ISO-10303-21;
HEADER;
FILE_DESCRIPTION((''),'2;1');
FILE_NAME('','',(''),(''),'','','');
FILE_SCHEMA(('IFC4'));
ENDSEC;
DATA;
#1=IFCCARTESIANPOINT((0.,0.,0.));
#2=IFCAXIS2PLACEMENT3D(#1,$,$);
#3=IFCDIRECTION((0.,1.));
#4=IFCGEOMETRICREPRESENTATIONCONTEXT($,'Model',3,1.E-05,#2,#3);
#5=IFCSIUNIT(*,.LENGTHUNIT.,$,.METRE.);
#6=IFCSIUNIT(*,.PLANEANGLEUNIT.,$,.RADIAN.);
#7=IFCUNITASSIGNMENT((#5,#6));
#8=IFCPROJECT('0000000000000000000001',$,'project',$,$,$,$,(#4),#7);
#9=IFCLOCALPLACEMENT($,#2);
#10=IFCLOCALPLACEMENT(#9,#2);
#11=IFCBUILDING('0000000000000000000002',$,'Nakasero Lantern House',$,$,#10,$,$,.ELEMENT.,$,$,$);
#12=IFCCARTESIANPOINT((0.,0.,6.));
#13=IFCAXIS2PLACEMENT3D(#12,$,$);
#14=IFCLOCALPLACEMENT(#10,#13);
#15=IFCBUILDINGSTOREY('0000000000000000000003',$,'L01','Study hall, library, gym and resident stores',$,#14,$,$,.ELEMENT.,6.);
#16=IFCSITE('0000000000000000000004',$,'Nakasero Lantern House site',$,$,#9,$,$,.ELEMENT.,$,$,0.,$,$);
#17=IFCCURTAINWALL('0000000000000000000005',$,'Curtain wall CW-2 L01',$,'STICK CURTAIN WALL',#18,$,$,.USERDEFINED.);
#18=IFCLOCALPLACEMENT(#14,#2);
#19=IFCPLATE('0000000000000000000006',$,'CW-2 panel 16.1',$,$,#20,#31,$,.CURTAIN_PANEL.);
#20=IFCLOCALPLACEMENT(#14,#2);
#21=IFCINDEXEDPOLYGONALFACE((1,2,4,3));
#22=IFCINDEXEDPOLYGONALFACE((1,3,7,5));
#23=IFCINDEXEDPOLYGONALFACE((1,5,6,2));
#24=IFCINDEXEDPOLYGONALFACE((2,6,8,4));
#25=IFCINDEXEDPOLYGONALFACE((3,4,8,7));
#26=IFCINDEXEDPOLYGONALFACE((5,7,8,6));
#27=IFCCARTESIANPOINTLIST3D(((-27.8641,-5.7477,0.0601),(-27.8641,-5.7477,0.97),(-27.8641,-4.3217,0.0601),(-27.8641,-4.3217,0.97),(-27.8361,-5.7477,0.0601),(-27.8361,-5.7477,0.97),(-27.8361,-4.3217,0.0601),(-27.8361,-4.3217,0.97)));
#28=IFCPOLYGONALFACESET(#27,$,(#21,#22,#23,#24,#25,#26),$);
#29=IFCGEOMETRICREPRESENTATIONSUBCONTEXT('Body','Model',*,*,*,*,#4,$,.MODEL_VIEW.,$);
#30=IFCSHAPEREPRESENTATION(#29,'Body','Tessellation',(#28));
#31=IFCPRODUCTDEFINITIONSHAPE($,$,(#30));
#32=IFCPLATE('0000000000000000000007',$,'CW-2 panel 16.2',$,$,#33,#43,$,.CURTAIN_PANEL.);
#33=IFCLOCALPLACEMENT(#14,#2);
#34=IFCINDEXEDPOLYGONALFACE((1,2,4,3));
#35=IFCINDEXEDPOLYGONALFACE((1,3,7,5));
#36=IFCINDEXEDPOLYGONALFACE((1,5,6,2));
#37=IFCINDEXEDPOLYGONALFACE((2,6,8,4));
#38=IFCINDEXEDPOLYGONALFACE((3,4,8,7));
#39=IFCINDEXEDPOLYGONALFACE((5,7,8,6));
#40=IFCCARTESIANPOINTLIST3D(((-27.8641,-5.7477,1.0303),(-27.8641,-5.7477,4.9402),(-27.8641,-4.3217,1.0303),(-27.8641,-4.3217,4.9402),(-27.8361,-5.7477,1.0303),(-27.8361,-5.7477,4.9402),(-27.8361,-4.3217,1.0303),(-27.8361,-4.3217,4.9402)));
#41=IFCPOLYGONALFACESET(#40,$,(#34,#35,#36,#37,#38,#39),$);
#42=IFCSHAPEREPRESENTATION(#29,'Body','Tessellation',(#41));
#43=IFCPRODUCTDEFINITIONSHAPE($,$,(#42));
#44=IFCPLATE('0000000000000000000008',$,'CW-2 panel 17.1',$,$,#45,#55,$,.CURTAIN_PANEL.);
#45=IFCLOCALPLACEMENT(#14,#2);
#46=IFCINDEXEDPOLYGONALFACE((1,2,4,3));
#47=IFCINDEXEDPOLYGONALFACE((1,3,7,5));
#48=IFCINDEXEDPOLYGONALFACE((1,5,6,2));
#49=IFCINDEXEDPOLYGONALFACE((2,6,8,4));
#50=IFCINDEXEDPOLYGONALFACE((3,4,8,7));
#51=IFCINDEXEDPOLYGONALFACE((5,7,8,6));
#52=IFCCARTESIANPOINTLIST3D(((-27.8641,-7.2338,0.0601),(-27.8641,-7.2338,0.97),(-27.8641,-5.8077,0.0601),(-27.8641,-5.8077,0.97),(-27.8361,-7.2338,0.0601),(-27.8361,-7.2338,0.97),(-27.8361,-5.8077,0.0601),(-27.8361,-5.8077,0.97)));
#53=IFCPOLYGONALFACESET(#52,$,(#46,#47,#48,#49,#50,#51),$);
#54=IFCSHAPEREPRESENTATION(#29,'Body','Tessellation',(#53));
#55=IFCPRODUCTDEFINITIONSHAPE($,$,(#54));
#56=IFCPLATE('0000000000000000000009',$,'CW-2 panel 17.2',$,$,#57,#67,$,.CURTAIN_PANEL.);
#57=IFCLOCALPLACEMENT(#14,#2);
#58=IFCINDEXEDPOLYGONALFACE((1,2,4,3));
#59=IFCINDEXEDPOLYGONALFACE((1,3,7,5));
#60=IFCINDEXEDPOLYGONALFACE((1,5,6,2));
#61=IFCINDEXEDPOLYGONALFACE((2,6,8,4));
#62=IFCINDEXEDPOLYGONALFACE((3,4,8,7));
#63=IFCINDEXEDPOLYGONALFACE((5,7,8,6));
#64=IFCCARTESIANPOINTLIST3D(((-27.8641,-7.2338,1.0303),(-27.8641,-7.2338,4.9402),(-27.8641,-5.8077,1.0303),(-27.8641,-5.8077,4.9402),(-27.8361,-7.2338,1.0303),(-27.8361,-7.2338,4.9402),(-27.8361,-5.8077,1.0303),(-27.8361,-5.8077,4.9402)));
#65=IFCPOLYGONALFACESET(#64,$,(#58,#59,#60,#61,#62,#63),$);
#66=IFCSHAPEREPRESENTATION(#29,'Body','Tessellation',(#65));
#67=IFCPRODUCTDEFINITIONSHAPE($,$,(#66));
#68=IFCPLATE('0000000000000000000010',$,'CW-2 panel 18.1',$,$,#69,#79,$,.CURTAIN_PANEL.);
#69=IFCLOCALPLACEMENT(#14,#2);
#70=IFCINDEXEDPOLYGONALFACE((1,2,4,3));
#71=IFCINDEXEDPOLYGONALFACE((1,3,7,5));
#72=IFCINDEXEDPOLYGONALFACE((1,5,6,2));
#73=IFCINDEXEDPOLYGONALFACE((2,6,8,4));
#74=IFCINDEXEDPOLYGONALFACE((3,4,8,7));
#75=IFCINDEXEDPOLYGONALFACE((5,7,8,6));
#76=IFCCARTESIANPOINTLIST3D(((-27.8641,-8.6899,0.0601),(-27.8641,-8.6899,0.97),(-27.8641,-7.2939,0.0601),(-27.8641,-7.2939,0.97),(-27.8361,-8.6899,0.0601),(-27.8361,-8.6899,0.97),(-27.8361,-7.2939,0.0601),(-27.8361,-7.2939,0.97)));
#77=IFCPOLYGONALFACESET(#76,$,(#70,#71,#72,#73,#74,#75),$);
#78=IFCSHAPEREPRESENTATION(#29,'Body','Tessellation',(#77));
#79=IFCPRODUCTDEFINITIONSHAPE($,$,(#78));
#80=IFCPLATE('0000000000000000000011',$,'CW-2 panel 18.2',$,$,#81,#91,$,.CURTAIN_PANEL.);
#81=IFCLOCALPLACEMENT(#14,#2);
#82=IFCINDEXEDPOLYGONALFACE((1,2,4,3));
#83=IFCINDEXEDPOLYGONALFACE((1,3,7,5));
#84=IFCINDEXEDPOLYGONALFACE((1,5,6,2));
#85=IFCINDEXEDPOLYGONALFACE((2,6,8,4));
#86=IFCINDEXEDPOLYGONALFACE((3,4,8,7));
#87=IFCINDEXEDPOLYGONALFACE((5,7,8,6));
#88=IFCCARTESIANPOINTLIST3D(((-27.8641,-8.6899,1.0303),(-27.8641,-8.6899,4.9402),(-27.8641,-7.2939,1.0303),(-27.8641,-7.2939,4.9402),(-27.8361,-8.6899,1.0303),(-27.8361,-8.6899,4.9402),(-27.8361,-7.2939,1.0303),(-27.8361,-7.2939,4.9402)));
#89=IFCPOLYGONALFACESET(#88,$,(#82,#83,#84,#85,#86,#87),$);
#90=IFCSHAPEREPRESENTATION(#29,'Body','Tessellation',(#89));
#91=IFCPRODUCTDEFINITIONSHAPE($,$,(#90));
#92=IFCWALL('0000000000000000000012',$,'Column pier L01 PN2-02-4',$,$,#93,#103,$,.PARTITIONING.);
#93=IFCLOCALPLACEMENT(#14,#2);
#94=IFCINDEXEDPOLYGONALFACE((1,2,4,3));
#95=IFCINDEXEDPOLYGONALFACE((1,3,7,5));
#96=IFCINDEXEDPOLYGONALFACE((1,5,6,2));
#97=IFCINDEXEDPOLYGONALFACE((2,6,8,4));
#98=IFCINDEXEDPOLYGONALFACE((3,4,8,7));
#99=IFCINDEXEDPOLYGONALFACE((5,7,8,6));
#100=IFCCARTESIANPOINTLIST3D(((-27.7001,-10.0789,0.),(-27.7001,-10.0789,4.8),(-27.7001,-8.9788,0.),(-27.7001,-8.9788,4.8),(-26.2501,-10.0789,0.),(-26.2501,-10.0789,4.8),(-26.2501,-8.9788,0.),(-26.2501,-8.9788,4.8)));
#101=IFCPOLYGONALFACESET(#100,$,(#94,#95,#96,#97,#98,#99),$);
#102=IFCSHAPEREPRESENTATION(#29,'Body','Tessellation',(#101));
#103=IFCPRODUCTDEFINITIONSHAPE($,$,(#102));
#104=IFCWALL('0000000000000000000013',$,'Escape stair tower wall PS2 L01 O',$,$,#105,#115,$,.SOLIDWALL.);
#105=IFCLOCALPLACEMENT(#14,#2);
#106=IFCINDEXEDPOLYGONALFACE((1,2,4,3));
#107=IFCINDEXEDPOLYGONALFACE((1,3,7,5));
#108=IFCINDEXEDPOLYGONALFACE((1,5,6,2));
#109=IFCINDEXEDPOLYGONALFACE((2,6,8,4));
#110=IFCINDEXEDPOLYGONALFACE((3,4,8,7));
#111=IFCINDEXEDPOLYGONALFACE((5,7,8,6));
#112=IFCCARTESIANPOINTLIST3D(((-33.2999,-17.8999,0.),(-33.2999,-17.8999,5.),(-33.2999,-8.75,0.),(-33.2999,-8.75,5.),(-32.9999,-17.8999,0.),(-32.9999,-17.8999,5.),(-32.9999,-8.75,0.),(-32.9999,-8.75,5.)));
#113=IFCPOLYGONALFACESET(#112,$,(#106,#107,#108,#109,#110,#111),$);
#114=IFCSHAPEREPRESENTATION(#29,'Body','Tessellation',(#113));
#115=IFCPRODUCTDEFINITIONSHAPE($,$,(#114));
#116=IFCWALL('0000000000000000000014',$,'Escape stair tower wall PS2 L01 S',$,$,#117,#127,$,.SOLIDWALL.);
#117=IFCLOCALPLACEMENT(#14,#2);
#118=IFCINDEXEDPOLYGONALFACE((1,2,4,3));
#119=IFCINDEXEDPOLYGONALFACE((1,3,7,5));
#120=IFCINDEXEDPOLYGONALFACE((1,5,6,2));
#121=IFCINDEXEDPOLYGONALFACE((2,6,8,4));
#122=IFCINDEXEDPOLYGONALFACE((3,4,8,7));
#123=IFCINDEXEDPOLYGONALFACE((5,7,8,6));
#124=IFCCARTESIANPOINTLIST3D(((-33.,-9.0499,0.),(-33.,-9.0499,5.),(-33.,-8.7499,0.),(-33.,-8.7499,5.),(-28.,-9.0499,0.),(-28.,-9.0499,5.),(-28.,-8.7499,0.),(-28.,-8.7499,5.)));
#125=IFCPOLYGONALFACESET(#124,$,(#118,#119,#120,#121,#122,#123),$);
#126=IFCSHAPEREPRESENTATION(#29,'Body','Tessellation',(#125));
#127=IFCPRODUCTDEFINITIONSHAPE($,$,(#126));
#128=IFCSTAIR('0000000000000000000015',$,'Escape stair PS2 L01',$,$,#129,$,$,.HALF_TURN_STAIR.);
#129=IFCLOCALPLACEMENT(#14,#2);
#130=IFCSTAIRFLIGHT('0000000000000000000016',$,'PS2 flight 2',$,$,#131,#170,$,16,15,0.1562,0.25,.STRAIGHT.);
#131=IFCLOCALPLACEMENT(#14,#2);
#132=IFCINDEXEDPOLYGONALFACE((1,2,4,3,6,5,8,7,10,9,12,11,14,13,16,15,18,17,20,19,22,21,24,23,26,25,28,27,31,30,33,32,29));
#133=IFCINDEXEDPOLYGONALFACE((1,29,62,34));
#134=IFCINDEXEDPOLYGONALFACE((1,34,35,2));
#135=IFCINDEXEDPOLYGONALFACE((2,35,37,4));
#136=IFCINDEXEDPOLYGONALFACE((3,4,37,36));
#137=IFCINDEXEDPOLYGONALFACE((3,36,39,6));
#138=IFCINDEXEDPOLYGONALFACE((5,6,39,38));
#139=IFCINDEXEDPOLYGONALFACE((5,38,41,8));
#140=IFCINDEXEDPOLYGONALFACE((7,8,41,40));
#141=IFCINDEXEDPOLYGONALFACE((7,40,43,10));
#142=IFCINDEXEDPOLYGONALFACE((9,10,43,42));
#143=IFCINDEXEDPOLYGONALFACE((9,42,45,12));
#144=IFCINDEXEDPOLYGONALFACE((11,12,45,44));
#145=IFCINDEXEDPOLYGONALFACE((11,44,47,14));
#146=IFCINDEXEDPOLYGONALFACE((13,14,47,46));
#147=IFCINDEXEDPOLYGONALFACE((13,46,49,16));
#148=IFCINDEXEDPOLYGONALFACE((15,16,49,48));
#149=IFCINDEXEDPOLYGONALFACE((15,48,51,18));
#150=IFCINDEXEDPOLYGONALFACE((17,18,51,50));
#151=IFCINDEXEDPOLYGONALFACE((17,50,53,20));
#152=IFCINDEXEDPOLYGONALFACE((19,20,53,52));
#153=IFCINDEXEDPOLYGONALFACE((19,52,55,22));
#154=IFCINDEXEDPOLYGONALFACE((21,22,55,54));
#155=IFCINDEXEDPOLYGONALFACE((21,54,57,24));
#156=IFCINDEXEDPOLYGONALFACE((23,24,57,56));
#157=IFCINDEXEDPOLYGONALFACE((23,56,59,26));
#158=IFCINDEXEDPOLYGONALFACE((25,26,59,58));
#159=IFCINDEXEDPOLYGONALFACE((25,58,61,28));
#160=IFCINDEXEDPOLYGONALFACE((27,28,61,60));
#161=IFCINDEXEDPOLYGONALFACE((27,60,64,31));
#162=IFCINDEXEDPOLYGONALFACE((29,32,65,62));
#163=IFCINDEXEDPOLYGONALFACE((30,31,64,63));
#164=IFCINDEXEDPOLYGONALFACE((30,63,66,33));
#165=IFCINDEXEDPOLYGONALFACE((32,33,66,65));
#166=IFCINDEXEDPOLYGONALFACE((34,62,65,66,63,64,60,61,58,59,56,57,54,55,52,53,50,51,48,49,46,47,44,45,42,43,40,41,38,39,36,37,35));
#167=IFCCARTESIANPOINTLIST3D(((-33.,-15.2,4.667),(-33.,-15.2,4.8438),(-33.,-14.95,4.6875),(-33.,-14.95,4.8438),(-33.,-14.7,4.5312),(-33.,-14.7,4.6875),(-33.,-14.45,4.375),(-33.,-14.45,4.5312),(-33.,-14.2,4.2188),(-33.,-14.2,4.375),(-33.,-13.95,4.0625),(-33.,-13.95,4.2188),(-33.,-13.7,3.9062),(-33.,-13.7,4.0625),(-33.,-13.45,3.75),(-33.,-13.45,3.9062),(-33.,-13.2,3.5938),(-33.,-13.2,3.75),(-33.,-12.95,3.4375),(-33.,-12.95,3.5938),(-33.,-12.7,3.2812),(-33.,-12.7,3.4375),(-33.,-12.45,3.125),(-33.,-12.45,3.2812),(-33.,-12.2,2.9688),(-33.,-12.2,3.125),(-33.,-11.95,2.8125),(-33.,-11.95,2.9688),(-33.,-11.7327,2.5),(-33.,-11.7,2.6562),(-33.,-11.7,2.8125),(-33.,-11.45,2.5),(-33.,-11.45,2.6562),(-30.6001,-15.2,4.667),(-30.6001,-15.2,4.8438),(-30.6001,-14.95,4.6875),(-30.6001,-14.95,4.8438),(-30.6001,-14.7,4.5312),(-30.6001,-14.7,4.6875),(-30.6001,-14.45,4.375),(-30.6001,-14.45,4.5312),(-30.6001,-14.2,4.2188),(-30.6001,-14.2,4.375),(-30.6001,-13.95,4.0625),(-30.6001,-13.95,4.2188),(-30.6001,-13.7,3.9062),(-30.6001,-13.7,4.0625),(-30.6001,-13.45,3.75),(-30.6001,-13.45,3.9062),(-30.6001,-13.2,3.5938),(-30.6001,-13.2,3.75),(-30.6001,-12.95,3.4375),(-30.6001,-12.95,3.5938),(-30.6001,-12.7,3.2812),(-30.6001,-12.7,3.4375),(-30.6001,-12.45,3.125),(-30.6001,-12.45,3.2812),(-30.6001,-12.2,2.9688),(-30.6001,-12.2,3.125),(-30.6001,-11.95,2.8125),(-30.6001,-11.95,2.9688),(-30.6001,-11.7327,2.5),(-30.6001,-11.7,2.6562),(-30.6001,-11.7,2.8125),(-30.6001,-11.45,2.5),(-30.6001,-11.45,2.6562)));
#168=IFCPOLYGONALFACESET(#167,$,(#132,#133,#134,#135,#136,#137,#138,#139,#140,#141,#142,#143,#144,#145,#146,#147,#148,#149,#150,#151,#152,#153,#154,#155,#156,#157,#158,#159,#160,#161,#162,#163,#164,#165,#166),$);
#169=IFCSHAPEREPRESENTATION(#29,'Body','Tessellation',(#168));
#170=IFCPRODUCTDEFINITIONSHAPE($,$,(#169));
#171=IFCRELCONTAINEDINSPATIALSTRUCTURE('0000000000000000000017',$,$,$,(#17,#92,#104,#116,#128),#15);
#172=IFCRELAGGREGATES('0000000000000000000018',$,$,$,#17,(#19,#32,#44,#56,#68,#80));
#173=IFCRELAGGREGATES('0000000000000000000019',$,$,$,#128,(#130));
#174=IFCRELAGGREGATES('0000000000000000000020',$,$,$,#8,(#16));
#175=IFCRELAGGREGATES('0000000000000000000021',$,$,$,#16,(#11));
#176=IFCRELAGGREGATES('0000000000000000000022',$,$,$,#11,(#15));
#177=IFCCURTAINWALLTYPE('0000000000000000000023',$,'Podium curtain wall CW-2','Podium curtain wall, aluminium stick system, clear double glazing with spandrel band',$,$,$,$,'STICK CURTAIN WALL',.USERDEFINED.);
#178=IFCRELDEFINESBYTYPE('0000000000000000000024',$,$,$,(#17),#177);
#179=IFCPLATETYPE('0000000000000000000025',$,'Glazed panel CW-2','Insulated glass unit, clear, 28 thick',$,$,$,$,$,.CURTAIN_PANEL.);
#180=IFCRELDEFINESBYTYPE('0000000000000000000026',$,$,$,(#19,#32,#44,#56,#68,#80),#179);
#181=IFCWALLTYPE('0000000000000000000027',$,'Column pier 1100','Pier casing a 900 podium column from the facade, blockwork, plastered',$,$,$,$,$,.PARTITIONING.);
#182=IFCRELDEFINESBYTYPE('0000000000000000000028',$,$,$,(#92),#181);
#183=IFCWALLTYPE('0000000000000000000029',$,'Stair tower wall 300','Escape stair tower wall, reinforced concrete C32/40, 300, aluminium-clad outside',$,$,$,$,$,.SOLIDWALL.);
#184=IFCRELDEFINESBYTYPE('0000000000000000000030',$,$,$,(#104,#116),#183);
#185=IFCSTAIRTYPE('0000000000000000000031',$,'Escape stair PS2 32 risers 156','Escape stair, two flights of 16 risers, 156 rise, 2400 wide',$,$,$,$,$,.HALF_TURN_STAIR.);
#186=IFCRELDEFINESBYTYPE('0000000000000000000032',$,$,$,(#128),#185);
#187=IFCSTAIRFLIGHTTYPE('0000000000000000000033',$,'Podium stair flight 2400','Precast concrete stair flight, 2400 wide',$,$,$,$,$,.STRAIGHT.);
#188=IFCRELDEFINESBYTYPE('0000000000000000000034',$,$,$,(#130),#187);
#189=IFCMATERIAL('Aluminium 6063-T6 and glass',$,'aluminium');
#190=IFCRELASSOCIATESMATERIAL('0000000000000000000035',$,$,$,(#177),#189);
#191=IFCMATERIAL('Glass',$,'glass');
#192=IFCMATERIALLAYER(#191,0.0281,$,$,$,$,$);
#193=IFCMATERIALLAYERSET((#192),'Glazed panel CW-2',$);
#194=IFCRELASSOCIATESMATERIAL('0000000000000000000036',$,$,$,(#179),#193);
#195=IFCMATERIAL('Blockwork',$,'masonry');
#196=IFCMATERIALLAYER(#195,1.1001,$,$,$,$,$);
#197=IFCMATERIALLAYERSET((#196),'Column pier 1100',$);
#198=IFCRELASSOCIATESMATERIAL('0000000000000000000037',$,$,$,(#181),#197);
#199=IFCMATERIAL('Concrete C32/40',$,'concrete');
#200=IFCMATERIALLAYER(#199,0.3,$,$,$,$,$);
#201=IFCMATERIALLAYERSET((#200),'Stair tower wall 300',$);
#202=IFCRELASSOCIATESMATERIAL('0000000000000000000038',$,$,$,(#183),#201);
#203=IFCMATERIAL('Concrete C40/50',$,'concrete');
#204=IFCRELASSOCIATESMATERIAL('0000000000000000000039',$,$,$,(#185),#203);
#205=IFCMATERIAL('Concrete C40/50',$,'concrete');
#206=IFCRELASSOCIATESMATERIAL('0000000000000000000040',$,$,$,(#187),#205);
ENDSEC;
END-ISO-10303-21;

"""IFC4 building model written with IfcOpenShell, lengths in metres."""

from ifc_helpers import new_model, si_unit, direction, frame, frame_2d, origin, origin_2d, place, context, subcontext, project, spatial, polyline, rectangle, outline, extrude, material, layer, layer_set, type_object, element, aggregate, save


model = new_model("IFC4")

# Units and contexts
model_context = context("Model", 3, precision=1e-05, world=origin(), true_north=direction((0.0, 1.0)))
body_context = subcontext(model_context, "Body", "Model", "MODEL_VIEW")
ifc_project = project(units=[si_unit("LENGTHUNIT", "METRE"), si_unit("PLANEANGLEUNIT", "RADIAN")], contexts=[model_context])

# Site, building, storey
site_placement = place(None, origin())
site = spatial("IfcSite", under=ifc_project, at=site_placement, Name="Nakasero Lantern House site", CompositionType="ELEMENT", RefElevation=0.0)
building_placement = place(site_placement, origin())
building = spatial("IfcBuilding", under=site, at=building_placement, Name="Nakasero Lantern House", CompositionType="ELEMENT")
storey_placement = place(building_placement, frame((0.0, 0.0, 6.0)))
storey = spatial("IfcBuildingStorey", under=building, at=storey_placement, Name="L01", Description="Study hall, library, gym and resident stores", CompositionType="ELEMENT", Elevation=6.0)

# Curtain wall
ifc_material_1 = material(Name="Aluminium 6063-T6 and glass", Category="aluminium")
curtain_wall_type = type_object("IfcCurtainWallType", Name="Podium curtain wall CW-2", Description="Podium curtain wall, aluminium stick system, clear double glazing with spandrel band", ElementType="STICK CURTAIN WALL", PredefinedType="USERDEFINED", material=ifc_material_1)
curtain_wall_placement = place(storey_placement, origin())
curtain_wall = element("IfcCurtainWall", 1, at=curtain_wall_placement, inside=storey, type_object=curtain_wall_type, Name="Curtain wall CW-2 L01", ObjectType="STICK CURTAIN WALL", PredefinedType="USERDEFINED")

# Plates
ifc_material_2 = material(Name="Glass", Category="glass")
ifc_layer_1 = layer(ifc_material_2, 0.0281)
ifc_layer_set_1 = layer_set([ifc_layer_1], Name="Glazed panel CW-2")
plate_type = type_object("IfcPlateType", Name="Glazed panel CW-2", Description="Insulated glass unit, clear, 28 thick", PredefinedType="CURTAIN_PANEL", material=ifc_layer_set_1)
plate_1_placement = place(storey_placement, frame((-27.8501, -5.0347, 0.0601), z_axis=(0.0, 0.0, 1.0), x_axis=(0.0, -1.0, 0.0)))
plate_1 = element("IfcPlate", 2, at=plate_1_placement, type_object=plate_type, Name="CW-2 panel 16.1", PredefinedType="CURTAIN_PANEL", context=body_context, shape_type="SweptSolid", body=[
    extrude(rectangle(XDim=1.426, YDim=0.0281, at=origin_2d()), origin(), (0.0, 0.0, 1.0), 0.9099),
])
plate_2_placement = place(storey_placement, frame((-27.8501, -5.0347, 1.0303), z_axis=(0.0, 0.0, 1.0), x_axis=(0.0, -1.0, 0.0)))
plate_2 = element("IfcPlate", 3, at=plate_2_placement, type_object=plate_type, Name="CW-2 panel 16.2", PredefinedType="CURTAIN_PANEL", context=body_context, shape_type="SweptSolid", body=[
    extrude(rectangle(XDim=1.426, YDim=0.0281, at=origin_2d()), origin(), (0.0, 0.0, 1.0), 3.9099),
])
plate_3_placement = place(storey_placement, frame((-27.8501, -6.5208, 0.0601), z_axis=(0.0, 0.0, 1.0), x_axis=(0.0, -1.0, 0.0)))
plate_3 = element("IfcPlate", 4, at=plate_3_placement, type_object=plate_type, Name="CW-2 panel 17.1", PredefinedType="CURTAIN_PANEL", context=body_context, shape_type="SweptSolid", body=[
    extrude(rectangle(XDim=1.426, YDim=0.0281, at=origin_2d()), origin(), (0.0, 0.0, 1.0), 0.9099),
])
plate_4_placement = place(storey_placement, frame((-27.8501, -6.5208, 1.0303), z_axis=(0.0, 0.0, 1.0), x_axis=(0.0, -1.0, 0.0)))
plate_4 = element("IfcPlate", 5, at=plate_4_placement, type_object=plate_type, Name="CW-2 panel 17.2", PredefinedType="CURTAIN_PANEL", context=body_context, shape_type="SweptSolid", body=[
    extrude(rectangle(XDim=1.426, YDim=0.0281, at=origin_2d()), origin(), (0.0, 0.0, 1.0), 3.9099),
])
plate_5_placement = place(storey_placement, frame((-27.8501, -7.9919, 0.0601), z_axis=(0.0, 0.0, 1.0), x_axis=(0.0, -1.0, 0.0)))
plate_5 = element("IfcPlate", 6, at=plate_5_placement, type_object=plate_type, Name="CW-2 panel 18.1", PredefinedType="CURTAIN_PANEL", context=body_context, shape_type="SweptSolid", body=[
    extrude(rectangle(XDim=1.396, YDim=0.0281, at=origin_2d()), origin(), (0.0, 0.0, 1.0), 0.9099),
])
plate_6_placement = place(storey_placement, frame((-27.8501, -7.9919, 1.0303), z_axis=(0.0, 0.0, 1.0), x_axis=(0.0, -1.0, 0.0)))
plate_6 = element("IfcPlate", 7, at=plate_6_placement, type_object=plate_type, Name="CW-2 panel 18.2", PredefinedType="CURTAIN_PANEL", context=body_context, shape_type="SweptSolid", body=[
    extrude(rectangle(XDim=1.396, YDim=0.0281, at=origin_2d()), origin(), (0.0, 0.0, 1.0), 3.9099),
])
aggregate(curtain_wall, [plate_1, plate_2, plate_3, plate_4, plate_5, plate_6])

# Wall
ifc_material_3 = material(Name="Blockwork", Category="masonry")
ifc_layer_2 = layer(ifc_material_3, 1.1001)
ifc_layer_set_2 = layer_set([ifc_layer_2], Name="Column pier 1100")
wall_type_1 = type_object("IfcWallType", Name="Column pier 1100", Description="Pier casing a 900 podium column from the facade, blockwork, plastered", PredefinedType="PARTITIONING", material=ifc_layer_set_2)
wall_1_placement = place(storey_placement, frame((-26.25, -9.5288, 0.0), z_axis=(0.0, 0.0, 1.0), x_axis=(-1.0, 0.0, 0.0)))
element("IfcWall", 8, at=wall_1_placement, inside=storey, type_object=wall_type_1, Name="Column pier L01 PN2-02-4", PredefinedType="PARTITIONING", context=body_context, shape_type="SweptSolid", body=[
    extrude(rectangle(XDim=1.45, YDim=1.1001, at=frame_2d((0.7251, 0.0))), origin(), (0.0, 0.0, 1.0), 4.8),
])

# Walls
ifc_material_4 = material(Name="Concrete C32/40", Category="concrete")
ifc_layer_3 = layer(ifc_material_4, 0.3)
ifc_layer_set_3 = layer_set([ifc_layer_3], Name="Stair tower wall 300")
wall_type_2 = type_object("IfcWallType", Name="Stair tower wall 300", Description="Escape stair tower wall, reinforced concrete C32/40, 300, aluminium-clad outside", PredefinedType="SOLIDWALL", material=ifc_layer_set_3)
wall_2_placement = place(storey_placement, frame((-33.1499, -8.75, 0.0), z_axis=(0.0, 0.0, 1.0), x_axis=(0.0, -1.0, 0.0)))
element("IfcWall", 9, at=wall_2_placement, inside=storey, type_object=wall_type_2, Name="Escape stair tower wall PS2 L01 O", PredefinedType="SOLIDWALL", context=body_context, shape_type="SweptSolid", body=[
    extrude(rectangle(XDim=9.1499, YDim=0.3, at=frame_2d((4.575, 0.0))), origin(), (0.0, 0.0, 1.0), 5.0),
])
wall_3_placement = place(storey_placement, frame((-28.0, -8.8999, 0.0), z_axis=(0.0, 0.0, 1.0), x_axis=(-1.0, 0.0, 0.0)))
element("IfcWall", 10, at=wall_3_placement, inside=storey, type_object=wall_type_2, Name="Escape stair tower wall PS2 L01 S", PredefinedType="SOLIDWALL", context=body_context, shape_type="SweptSolid", body=[
    extrude(rectangle(XDim=5.0, YDim=0.3, at=frame_2d((2.5, 0.0))), origin(), (0.0, 0.0, 1.0), 5.0),
])

# Stair, stair flight
ifc_material_5 = material(Name="Concrete C40/50", Category="concrete")
stair_type = type_object("IfcStairType", Name="Escape stair PS2 32 risers 156", Description="Escape stair, two flights of 16 risers, 156 rise, 2400 wide", PredefinedType="HALF_TURN_STAIR", material=ifc_material_5)
stair_placement = place(storey_placement, origin())
stair = element("IfcStair", 11, at=stair_placement, inside=storey, type_object=stair_type, Name="Escape stair PS2 L01", PredefinedType="HALF_TURN_STAIR")
ifc_material_6 = material(Name="Concrete C40/50", Category="concrete")
stair_flight_type = type_object("IfcStairFlightType", Name="Podium stair flight 2400", Description="Precast concrete stair flight, 2400 wide", PredefinedType="STRAIGHT", material=ifc_material_6)
stair_flight_placement = place(storey_placement, frame((-31.8, -11.45, 2.5), z_axis=(0.0, 0.0, 1.0), x_axis=(0.0, -1.0, 0.0)))
stair_flight = element("IfcStairFlight", 12, at=stair_flight_placement, type_object=stair_flight_type, Name="PS2 flight 2", NumberOfRisers=16, NumberOfTreads=15, PredefinedType="STRAIGHT", RiserHeight=0.1562, TreadLength=0.25, context=body_context, shape_type="SweptSolid", body=[
    extrude(outline(polyline([(0.0, 0.0), (0.0, 0.1562), (0.25, 0.1562), (0.25, 0.3125), (0.5, 0.3125), (0.5, 0.4688), (0.75, 0.4688), (0.75, 0.625), (1.0, 0.625), (1.0, 0.7812), (1.25, 0.7812), (1.25, 0.9375), (1.5, 0.9375), (1.5, 1.0938), (1.75, 1.0938), (1.75, 1.25), (2.0, 1.25), (2.0, 1.4062), (2.25, 1.4062), (2.25, 1.5625), (2.5, 1.5625), (2.5, 1.7188), (2.75, 1.7188), (2.75, 1.875), (3.0, 1.875), (3.0, 2.0312), (3.25, 2.0312), (3.25, 2.1875), (3.5, 2.1875), (3.5, 2.3438), (3.75, 2.3438), (3.75, 2.5), (3.75, 2.167), (0.2827, 0.0), (0.0, 0.0)])), frame((0.0, 1.2, 0.0), z_axis=(0.0, -1.0, 0.0), x_axis=(1.0, 0.0, 0.0)), (0.0, 0.0, 1.0), 2.3999),
])
aggregate(stair, [stair_flight])

save(model, "model.ifc")
